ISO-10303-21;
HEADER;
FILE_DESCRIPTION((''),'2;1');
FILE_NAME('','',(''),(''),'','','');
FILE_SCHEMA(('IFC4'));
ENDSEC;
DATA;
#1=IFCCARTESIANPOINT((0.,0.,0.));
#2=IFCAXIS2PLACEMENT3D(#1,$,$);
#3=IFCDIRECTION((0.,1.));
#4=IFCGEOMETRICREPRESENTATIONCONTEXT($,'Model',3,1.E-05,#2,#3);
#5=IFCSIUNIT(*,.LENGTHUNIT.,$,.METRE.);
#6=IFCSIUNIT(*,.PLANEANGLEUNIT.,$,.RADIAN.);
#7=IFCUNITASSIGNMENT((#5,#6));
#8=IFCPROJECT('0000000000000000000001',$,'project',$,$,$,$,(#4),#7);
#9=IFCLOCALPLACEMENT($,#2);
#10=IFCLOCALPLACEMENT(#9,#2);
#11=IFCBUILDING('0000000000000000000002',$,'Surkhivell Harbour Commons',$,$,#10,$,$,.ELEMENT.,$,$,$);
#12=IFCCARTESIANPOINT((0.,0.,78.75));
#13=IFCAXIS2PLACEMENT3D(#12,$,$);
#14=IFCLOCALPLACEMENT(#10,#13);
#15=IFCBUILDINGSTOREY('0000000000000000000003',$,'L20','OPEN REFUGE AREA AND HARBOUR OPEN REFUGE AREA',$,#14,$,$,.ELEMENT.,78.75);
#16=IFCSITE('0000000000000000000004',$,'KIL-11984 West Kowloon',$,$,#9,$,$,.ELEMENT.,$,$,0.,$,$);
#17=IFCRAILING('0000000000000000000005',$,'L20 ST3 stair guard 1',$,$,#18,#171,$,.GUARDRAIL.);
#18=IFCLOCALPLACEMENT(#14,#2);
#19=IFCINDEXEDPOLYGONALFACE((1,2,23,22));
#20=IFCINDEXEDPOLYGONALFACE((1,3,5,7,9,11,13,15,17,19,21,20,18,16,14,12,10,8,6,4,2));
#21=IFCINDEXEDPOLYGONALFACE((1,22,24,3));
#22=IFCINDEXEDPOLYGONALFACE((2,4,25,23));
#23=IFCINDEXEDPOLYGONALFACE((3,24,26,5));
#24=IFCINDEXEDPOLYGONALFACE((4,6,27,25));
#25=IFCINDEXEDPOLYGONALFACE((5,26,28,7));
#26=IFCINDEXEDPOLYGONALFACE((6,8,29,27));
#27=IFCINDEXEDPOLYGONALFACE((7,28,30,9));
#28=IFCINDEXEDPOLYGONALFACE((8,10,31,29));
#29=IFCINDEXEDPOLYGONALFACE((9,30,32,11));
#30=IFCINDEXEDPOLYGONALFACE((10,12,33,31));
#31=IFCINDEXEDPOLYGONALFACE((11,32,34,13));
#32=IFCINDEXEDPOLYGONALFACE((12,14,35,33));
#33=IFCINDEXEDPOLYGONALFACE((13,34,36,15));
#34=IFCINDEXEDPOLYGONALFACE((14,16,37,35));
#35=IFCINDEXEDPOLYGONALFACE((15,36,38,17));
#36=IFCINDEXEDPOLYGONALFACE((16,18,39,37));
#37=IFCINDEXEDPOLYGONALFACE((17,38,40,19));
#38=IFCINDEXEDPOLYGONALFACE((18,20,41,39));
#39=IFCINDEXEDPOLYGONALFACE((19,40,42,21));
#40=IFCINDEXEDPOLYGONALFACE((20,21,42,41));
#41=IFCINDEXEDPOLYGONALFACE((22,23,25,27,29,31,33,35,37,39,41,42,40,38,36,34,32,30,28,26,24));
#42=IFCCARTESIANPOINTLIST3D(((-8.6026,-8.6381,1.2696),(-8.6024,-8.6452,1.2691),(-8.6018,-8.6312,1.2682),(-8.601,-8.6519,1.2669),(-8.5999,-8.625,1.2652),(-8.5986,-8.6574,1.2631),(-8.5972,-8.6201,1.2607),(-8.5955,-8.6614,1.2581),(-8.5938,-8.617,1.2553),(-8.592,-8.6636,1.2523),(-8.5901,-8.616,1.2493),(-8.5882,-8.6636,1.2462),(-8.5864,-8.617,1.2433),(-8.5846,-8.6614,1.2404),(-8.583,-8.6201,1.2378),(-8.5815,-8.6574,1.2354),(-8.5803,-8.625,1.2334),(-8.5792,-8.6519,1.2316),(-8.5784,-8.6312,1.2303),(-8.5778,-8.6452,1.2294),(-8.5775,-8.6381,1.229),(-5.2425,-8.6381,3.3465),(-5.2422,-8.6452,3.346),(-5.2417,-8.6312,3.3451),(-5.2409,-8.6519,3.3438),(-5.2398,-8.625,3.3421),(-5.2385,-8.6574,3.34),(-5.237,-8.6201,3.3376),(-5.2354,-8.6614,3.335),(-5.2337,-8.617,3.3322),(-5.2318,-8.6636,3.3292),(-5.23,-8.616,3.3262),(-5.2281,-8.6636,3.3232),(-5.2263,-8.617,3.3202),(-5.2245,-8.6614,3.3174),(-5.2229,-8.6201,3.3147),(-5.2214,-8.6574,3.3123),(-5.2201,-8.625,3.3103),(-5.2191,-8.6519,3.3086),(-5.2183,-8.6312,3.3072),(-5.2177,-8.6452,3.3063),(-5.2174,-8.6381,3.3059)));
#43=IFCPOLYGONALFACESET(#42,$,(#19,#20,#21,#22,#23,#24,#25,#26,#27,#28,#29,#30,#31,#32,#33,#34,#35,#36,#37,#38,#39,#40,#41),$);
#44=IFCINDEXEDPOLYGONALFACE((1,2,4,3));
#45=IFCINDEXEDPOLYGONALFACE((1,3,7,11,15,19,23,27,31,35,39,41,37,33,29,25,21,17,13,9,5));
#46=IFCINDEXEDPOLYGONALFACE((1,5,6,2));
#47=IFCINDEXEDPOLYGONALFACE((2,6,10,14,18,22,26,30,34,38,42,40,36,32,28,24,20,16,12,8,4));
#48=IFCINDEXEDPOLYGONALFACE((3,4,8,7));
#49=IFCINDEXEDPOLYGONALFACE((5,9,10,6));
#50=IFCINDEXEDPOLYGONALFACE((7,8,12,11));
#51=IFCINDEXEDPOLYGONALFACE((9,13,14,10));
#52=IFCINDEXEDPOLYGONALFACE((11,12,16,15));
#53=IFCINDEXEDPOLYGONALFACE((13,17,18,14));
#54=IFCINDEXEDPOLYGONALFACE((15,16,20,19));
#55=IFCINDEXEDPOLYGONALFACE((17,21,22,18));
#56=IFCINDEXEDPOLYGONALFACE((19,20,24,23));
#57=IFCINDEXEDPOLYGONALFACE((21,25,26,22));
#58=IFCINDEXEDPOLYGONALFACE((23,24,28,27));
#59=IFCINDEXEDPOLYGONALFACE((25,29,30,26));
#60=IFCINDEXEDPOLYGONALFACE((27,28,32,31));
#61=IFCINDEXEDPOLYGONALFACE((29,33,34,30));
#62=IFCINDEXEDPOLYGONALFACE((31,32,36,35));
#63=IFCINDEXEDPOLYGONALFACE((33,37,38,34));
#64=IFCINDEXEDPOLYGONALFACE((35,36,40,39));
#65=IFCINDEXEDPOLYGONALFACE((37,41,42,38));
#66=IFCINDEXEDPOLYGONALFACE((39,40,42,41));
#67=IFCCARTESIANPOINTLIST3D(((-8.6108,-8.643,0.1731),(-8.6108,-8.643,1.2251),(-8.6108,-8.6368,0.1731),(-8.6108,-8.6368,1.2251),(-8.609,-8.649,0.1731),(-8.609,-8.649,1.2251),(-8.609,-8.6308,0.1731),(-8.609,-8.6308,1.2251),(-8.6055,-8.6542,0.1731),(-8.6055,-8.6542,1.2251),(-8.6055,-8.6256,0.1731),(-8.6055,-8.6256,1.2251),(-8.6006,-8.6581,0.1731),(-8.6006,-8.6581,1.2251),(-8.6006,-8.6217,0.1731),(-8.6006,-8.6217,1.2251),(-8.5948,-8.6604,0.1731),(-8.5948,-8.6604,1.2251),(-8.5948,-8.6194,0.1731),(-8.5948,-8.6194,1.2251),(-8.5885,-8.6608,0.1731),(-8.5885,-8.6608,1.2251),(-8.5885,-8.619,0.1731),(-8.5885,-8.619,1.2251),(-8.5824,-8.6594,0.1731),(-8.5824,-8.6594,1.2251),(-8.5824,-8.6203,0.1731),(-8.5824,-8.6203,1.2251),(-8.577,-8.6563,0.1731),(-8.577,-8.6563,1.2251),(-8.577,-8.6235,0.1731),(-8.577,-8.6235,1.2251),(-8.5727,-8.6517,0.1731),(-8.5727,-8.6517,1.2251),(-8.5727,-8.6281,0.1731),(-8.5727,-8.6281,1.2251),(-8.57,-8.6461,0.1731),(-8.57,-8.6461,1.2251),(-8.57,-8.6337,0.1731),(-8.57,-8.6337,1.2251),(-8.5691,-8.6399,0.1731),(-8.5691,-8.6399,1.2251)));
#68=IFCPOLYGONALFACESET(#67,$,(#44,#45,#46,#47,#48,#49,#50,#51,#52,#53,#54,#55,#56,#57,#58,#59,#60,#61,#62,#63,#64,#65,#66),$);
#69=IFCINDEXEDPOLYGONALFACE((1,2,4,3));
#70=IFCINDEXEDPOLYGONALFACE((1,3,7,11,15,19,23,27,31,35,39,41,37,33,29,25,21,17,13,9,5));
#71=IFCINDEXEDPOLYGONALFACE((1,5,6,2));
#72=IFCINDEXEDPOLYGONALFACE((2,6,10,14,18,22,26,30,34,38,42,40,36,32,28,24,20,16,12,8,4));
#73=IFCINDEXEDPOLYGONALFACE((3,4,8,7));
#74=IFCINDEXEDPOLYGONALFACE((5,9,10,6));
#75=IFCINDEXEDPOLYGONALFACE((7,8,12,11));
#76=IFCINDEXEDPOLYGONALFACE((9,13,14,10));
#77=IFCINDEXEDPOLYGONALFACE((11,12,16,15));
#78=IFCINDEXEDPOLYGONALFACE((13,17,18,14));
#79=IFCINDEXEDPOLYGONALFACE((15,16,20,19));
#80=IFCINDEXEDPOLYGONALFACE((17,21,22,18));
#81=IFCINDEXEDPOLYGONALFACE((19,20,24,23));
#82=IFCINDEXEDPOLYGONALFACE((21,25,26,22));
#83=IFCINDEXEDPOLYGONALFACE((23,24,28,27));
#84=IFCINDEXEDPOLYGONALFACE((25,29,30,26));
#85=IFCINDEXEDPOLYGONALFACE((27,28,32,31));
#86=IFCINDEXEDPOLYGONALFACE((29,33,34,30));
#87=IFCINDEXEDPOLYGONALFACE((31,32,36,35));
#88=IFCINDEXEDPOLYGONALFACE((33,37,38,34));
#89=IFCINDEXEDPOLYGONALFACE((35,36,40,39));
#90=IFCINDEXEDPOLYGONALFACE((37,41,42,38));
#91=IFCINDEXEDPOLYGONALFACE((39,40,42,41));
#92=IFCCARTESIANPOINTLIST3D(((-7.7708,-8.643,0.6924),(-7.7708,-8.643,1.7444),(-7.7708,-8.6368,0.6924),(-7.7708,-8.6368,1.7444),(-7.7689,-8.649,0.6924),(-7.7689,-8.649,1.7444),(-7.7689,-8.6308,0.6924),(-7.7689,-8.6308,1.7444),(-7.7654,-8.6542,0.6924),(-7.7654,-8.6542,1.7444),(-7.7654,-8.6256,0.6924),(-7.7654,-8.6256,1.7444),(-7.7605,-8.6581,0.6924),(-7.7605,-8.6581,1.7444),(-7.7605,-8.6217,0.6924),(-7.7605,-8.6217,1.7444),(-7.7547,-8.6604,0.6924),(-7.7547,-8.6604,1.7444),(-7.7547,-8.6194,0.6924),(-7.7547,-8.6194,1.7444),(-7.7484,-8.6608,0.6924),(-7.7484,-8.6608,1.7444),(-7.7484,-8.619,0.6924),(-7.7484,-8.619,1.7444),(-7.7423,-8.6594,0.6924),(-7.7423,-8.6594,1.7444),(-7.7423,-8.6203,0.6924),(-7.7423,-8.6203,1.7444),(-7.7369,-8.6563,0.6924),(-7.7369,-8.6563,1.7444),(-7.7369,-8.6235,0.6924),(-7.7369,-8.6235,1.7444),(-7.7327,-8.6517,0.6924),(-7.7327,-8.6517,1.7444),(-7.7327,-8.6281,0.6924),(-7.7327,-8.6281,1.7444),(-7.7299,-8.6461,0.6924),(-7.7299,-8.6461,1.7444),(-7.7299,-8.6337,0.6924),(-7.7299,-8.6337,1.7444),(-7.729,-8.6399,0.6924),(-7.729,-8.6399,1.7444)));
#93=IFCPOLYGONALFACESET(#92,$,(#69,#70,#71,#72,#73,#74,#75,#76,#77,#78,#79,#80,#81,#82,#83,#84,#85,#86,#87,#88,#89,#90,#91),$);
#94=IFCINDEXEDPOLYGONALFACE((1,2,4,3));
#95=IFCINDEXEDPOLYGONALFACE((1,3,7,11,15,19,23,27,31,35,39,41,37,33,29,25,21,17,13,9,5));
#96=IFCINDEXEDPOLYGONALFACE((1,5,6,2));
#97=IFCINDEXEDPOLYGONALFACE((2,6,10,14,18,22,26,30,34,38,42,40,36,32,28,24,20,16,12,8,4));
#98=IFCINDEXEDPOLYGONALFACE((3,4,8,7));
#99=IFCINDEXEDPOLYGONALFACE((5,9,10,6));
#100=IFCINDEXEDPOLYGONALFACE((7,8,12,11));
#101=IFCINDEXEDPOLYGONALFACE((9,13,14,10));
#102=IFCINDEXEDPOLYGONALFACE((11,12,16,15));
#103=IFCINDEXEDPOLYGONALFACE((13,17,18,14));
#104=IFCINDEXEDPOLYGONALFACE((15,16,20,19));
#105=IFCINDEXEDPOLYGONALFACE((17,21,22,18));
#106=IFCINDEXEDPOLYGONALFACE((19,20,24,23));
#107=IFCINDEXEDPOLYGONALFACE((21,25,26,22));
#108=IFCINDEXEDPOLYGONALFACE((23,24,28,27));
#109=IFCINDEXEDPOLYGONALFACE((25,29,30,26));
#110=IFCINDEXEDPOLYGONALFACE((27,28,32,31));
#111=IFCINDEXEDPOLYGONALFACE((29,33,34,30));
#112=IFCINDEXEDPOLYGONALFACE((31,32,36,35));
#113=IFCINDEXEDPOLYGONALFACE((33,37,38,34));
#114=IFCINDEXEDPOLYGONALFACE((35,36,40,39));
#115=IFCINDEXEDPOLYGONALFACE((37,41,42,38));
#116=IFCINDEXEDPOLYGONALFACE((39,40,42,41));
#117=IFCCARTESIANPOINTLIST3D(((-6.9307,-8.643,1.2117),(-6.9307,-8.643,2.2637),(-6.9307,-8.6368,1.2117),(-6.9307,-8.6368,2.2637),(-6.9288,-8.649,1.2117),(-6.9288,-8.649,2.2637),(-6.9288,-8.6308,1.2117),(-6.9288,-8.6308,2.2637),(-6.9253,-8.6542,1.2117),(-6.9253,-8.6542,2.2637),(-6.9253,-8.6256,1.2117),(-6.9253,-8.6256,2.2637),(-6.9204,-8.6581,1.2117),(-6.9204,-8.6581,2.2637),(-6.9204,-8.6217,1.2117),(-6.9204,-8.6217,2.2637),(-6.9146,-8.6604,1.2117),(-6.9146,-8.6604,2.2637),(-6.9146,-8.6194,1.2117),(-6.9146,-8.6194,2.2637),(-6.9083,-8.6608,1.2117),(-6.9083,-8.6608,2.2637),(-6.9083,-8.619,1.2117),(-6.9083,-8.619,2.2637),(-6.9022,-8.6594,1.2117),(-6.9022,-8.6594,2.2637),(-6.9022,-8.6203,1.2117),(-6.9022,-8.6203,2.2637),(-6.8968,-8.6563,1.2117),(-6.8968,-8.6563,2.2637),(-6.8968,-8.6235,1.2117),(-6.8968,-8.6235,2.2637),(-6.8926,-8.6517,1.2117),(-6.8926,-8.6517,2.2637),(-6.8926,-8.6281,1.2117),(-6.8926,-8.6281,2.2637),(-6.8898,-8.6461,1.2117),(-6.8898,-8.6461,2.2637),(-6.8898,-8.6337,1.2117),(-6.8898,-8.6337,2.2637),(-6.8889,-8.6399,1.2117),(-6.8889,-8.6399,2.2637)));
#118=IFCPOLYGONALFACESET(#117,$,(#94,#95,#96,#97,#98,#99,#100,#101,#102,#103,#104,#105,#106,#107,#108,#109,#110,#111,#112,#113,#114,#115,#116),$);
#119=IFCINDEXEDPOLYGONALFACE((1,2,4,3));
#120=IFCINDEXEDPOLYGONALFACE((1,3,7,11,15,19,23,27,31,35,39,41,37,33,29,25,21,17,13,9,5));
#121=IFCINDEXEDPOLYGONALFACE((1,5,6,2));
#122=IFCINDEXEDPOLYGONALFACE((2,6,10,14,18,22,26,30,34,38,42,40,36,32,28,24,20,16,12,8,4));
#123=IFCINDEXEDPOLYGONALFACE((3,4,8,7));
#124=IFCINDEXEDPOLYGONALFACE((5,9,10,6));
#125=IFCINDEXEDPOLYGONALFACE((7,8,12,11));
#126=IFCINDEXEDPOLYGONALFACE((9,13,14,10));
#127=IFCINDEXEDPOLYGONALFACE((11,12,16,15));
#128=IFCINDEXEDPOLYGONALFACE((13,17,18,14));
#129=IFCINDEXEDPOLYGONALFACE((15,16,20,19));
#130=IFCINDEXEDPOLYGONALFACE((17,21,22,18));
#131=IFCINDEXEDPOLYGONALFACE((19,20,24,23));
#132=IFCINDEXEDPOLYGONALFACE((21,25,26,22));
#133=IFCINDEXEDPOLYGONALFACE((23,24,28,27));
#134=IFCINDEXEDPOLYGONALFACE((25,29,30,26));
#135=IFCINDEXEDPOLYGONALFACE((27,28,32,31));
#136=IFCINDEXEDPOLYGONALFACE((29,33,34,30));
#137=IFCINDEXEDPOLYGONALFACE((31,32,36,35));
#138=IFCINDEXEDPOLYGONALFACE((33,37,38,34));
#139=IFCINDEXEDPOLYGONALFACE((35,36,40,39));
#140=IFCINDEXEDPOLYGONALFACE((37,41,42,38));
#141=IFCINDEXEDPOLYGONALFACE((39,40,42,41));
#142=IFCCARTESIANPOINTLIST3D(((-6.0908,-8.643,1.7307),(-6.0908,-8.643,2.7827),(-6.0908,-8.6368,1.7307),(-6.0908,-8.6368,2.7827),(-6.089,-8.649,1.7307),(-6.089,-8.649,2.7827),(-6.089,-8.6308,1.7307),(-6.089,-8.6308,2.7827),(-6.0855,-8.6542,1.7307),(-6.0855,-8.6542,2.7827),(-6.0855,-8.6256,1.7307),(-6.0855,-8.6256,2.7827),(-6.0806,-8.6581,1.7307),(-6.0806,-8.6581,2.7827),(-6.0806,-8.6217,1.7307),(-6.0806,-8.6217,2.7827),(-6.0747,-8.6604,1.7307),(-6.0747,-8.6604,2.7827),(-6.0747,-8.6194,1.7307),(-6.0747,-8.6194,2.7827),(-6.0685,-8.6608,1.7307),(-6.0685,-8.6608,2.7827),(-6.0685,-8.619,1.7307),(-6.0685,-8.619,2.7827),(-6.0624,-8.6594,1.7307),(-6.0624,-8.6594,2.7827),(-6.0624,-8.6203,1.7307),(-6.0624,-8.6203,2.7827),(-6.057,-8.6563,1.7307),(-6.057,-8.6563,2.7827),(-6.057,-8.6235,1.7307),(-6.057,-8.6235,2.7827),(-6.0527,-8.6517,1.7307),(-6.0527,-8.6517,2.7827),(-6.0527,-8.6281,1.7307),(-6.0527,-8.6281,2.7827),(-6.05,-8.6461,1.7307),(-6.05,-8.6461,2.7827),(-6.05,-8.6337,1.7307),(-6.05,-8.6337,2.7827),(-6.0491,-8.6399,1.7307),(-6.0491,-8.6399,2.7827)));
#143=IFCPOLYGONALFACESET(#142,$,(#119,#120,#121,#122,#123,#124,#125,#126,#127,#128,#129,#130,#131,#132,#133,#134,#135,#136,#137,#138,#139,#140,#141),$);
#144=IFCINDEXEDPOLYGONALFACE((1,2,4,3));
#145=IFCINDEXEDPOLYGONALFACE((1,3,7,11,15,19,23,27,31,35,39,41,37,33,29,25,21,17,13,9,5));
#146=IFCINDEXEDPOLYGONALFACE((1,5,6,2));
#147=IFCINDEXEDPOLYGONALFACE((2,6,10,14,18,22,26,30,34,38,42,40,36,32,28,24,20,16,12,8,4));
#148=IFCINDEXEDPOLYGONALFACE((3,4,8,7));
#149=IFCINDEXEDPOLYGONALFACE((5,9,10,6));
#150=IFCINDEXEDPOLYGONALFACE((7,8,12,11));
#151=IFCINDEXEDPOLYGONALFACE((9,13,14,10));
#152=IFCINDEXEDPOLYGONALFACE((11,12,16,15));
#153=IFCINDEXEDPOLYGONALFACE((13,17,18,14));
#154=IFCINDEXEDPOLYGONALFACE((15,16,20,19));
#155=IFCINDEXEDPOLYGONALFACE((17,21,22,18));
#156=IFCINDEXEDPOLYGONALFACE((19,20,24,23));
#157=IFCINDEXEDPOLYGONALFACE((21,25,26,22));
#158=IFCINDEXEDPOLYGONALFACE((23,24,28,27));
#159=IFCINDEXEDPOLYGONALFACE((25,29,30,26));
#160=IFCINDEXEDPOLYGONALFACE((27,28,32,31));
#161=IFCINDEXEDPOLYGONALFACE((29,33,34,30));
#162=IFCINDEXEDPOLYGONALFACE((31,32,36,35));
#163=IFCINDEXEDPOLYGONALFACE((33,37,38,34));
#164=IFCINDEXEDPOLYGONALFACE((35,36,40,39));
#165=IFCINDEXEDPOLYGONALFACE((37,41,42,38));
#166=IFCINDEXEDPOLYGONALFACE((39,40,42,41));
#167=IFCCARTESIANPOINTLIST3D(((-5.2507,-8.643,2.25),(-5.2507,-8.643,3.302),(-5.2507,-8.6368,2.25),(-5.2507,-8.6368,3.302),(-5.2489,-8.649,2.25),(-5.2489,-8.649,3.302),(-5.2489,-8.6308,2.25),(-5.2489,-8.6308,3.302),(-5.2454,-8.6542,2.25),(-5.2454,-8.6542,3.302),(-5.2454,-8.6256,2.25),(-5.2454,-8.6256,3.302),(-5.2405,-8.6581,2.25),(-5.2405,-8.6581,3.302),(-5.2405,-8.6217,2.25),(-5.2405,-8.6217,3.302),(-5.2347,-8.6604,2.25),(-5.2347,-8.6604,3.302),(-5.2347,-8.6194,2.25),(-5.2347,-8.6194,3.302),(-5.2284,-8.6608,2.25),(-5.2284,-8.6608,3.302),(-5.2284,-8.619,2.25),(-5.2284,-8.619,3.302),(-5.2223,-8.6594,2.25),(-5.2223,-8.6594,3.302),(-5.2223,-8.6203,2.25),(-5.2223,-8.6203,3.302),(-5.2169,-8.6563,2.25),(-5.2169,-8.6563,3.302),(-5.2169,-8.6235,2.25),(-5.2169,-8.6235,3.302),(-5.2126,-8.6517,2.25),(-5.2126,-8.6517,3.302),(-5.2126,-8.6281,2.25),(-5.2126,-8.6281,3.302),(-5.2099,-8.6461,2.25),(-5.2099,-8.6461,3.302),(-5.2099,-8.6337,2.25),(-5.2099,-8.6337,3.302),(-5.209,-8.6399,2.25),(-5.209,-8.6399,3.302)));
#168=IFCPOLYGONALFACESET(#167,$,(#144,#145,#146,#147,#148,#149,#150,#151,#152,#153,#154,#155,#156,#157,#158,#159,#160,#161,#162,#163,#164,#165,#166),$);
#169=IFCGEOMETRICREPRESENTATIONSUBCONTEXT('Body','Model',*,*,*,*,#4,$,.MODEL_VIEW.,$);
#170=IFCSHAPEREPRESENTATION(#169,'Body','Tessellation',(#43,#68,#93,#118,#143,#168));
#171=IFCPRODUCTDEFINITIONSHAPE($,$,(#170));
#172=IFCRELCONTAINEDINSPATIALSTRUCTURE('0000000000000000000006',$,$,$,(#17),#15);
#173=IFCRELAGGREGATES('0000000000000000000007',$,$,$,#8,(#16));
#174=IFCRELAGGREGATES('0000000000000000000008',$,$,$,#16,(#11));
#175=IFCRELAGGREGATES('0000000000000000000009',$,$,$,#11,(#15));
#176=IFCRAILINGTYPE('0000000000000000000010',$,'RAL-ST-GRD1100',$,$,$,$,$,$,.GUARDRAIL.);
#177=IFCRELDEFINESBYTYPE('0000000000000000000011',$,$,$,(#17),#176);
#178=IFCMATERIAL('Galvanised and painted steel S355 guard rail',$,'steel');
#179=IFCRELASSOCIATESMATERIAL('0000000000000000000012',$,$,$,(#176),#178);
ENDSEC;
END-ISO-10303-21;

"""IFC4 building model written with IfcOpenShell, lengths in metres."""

from ifc_helpers import new_model, si_unit, direction, frame, origin, origin_2d, place, context, subcontext, project, spatial, circle, extrude, material, type_object, element, save


model = new_model("IFC4")

# Units and contexts
model_context = context("Model", 3, precision=1e-05, world=origin(), true_north=direction((0.0, 1.0)))
body_context = subcontext(model_context, "Body", "Model", "MODEL_VIEW")
ifc_project = project(units=[si_unit("LENGTHUNIT", "METRE"), si_unit("PLANEANGLEUNIT", "RADIAN")], contexts=[model_context])

# Site, building, storey
site_placement = place(None, origin())
site = spatial("IfcSite", under=ifc_project, at=site_placement, Name="KIL-11984 West Kowloon", CompositionType="ELEMENT", RefElevation=0.0)
building_placement = place(site_placement, origin())
building = spatial("IfcBuilding", under=site, at=building_placement, Name="Surkhivell Harbour Commons", CompositionType="ELEMENT")
storey_placement = place(building_placement, frame((0.0, 0.0, 78.75)))
storey = spatial("IfcBuildingStorey", under=building, at=storey_placement, Name="L20", Description="OPEN REFUGE AREA AND HARBOUR OPEN REFUGE AREA", CompositionType="ELEMENT", Elevation=78.75)

# Railing
ifc_material_1 = material(Name="Galvanised and painted steel S355 guard rail", Category="steel")
railing_type_1 = type_object("IfcRailingType", Name="RAL-ST-GRD1100", PredefinedType="GUARDRAIL", material=ifc_material_1)
railing_1_placement = place(storey_placement, frame((-8.5901, -8.6399, 0.1731)))
element("IfcRailing", 1, at=railing_1_placement, inside=storey, type_object=railing_type_1, Name="L20 ST3 stair guard 1", PredefinedType="GUARDRAIL", context=body_context, shape_type="SweptSolid", body=[
    extrude(circle(Radius=0.0239, at=origin_2d()), frame((0.0, 0.0, 1.0762), z_axis=(0.850623, 0.0, 0.525776), x_axis=(0.0, 1.0, 0.0)), (0.0, 0.0, 1.0), 3.9502),
    extrude(circle(Radius=0.021, at=origin_2d()), origin(), (0.0, 0.0, 1.0), 1.052),
    extrude(circle(Radius=0.021, at=origin_2d()), frame((0.8401, 0.0, 0.5193)), (0.0, 0.0, 1.0), 1.052),
    extrude(circle(Radius=0.021, at=origin_2d()), frame((1.6802, 0.0, 1.0386)), (0.0, 0.0, 1.0), 1.052),
    extrude(circle(Radius=0.021, at=origin_2d()), frame((2.52, 0.0, 1.5576)), (0.0, 0.0, 1.0), 1.052),
    extrude(circle(Radius=0.021, at=origin_2d()), frame((3.3601, 0.0, 2.0769)), (0.0, 0.0, 1.0), 1.052),
])

save(model, "model.ifc")
